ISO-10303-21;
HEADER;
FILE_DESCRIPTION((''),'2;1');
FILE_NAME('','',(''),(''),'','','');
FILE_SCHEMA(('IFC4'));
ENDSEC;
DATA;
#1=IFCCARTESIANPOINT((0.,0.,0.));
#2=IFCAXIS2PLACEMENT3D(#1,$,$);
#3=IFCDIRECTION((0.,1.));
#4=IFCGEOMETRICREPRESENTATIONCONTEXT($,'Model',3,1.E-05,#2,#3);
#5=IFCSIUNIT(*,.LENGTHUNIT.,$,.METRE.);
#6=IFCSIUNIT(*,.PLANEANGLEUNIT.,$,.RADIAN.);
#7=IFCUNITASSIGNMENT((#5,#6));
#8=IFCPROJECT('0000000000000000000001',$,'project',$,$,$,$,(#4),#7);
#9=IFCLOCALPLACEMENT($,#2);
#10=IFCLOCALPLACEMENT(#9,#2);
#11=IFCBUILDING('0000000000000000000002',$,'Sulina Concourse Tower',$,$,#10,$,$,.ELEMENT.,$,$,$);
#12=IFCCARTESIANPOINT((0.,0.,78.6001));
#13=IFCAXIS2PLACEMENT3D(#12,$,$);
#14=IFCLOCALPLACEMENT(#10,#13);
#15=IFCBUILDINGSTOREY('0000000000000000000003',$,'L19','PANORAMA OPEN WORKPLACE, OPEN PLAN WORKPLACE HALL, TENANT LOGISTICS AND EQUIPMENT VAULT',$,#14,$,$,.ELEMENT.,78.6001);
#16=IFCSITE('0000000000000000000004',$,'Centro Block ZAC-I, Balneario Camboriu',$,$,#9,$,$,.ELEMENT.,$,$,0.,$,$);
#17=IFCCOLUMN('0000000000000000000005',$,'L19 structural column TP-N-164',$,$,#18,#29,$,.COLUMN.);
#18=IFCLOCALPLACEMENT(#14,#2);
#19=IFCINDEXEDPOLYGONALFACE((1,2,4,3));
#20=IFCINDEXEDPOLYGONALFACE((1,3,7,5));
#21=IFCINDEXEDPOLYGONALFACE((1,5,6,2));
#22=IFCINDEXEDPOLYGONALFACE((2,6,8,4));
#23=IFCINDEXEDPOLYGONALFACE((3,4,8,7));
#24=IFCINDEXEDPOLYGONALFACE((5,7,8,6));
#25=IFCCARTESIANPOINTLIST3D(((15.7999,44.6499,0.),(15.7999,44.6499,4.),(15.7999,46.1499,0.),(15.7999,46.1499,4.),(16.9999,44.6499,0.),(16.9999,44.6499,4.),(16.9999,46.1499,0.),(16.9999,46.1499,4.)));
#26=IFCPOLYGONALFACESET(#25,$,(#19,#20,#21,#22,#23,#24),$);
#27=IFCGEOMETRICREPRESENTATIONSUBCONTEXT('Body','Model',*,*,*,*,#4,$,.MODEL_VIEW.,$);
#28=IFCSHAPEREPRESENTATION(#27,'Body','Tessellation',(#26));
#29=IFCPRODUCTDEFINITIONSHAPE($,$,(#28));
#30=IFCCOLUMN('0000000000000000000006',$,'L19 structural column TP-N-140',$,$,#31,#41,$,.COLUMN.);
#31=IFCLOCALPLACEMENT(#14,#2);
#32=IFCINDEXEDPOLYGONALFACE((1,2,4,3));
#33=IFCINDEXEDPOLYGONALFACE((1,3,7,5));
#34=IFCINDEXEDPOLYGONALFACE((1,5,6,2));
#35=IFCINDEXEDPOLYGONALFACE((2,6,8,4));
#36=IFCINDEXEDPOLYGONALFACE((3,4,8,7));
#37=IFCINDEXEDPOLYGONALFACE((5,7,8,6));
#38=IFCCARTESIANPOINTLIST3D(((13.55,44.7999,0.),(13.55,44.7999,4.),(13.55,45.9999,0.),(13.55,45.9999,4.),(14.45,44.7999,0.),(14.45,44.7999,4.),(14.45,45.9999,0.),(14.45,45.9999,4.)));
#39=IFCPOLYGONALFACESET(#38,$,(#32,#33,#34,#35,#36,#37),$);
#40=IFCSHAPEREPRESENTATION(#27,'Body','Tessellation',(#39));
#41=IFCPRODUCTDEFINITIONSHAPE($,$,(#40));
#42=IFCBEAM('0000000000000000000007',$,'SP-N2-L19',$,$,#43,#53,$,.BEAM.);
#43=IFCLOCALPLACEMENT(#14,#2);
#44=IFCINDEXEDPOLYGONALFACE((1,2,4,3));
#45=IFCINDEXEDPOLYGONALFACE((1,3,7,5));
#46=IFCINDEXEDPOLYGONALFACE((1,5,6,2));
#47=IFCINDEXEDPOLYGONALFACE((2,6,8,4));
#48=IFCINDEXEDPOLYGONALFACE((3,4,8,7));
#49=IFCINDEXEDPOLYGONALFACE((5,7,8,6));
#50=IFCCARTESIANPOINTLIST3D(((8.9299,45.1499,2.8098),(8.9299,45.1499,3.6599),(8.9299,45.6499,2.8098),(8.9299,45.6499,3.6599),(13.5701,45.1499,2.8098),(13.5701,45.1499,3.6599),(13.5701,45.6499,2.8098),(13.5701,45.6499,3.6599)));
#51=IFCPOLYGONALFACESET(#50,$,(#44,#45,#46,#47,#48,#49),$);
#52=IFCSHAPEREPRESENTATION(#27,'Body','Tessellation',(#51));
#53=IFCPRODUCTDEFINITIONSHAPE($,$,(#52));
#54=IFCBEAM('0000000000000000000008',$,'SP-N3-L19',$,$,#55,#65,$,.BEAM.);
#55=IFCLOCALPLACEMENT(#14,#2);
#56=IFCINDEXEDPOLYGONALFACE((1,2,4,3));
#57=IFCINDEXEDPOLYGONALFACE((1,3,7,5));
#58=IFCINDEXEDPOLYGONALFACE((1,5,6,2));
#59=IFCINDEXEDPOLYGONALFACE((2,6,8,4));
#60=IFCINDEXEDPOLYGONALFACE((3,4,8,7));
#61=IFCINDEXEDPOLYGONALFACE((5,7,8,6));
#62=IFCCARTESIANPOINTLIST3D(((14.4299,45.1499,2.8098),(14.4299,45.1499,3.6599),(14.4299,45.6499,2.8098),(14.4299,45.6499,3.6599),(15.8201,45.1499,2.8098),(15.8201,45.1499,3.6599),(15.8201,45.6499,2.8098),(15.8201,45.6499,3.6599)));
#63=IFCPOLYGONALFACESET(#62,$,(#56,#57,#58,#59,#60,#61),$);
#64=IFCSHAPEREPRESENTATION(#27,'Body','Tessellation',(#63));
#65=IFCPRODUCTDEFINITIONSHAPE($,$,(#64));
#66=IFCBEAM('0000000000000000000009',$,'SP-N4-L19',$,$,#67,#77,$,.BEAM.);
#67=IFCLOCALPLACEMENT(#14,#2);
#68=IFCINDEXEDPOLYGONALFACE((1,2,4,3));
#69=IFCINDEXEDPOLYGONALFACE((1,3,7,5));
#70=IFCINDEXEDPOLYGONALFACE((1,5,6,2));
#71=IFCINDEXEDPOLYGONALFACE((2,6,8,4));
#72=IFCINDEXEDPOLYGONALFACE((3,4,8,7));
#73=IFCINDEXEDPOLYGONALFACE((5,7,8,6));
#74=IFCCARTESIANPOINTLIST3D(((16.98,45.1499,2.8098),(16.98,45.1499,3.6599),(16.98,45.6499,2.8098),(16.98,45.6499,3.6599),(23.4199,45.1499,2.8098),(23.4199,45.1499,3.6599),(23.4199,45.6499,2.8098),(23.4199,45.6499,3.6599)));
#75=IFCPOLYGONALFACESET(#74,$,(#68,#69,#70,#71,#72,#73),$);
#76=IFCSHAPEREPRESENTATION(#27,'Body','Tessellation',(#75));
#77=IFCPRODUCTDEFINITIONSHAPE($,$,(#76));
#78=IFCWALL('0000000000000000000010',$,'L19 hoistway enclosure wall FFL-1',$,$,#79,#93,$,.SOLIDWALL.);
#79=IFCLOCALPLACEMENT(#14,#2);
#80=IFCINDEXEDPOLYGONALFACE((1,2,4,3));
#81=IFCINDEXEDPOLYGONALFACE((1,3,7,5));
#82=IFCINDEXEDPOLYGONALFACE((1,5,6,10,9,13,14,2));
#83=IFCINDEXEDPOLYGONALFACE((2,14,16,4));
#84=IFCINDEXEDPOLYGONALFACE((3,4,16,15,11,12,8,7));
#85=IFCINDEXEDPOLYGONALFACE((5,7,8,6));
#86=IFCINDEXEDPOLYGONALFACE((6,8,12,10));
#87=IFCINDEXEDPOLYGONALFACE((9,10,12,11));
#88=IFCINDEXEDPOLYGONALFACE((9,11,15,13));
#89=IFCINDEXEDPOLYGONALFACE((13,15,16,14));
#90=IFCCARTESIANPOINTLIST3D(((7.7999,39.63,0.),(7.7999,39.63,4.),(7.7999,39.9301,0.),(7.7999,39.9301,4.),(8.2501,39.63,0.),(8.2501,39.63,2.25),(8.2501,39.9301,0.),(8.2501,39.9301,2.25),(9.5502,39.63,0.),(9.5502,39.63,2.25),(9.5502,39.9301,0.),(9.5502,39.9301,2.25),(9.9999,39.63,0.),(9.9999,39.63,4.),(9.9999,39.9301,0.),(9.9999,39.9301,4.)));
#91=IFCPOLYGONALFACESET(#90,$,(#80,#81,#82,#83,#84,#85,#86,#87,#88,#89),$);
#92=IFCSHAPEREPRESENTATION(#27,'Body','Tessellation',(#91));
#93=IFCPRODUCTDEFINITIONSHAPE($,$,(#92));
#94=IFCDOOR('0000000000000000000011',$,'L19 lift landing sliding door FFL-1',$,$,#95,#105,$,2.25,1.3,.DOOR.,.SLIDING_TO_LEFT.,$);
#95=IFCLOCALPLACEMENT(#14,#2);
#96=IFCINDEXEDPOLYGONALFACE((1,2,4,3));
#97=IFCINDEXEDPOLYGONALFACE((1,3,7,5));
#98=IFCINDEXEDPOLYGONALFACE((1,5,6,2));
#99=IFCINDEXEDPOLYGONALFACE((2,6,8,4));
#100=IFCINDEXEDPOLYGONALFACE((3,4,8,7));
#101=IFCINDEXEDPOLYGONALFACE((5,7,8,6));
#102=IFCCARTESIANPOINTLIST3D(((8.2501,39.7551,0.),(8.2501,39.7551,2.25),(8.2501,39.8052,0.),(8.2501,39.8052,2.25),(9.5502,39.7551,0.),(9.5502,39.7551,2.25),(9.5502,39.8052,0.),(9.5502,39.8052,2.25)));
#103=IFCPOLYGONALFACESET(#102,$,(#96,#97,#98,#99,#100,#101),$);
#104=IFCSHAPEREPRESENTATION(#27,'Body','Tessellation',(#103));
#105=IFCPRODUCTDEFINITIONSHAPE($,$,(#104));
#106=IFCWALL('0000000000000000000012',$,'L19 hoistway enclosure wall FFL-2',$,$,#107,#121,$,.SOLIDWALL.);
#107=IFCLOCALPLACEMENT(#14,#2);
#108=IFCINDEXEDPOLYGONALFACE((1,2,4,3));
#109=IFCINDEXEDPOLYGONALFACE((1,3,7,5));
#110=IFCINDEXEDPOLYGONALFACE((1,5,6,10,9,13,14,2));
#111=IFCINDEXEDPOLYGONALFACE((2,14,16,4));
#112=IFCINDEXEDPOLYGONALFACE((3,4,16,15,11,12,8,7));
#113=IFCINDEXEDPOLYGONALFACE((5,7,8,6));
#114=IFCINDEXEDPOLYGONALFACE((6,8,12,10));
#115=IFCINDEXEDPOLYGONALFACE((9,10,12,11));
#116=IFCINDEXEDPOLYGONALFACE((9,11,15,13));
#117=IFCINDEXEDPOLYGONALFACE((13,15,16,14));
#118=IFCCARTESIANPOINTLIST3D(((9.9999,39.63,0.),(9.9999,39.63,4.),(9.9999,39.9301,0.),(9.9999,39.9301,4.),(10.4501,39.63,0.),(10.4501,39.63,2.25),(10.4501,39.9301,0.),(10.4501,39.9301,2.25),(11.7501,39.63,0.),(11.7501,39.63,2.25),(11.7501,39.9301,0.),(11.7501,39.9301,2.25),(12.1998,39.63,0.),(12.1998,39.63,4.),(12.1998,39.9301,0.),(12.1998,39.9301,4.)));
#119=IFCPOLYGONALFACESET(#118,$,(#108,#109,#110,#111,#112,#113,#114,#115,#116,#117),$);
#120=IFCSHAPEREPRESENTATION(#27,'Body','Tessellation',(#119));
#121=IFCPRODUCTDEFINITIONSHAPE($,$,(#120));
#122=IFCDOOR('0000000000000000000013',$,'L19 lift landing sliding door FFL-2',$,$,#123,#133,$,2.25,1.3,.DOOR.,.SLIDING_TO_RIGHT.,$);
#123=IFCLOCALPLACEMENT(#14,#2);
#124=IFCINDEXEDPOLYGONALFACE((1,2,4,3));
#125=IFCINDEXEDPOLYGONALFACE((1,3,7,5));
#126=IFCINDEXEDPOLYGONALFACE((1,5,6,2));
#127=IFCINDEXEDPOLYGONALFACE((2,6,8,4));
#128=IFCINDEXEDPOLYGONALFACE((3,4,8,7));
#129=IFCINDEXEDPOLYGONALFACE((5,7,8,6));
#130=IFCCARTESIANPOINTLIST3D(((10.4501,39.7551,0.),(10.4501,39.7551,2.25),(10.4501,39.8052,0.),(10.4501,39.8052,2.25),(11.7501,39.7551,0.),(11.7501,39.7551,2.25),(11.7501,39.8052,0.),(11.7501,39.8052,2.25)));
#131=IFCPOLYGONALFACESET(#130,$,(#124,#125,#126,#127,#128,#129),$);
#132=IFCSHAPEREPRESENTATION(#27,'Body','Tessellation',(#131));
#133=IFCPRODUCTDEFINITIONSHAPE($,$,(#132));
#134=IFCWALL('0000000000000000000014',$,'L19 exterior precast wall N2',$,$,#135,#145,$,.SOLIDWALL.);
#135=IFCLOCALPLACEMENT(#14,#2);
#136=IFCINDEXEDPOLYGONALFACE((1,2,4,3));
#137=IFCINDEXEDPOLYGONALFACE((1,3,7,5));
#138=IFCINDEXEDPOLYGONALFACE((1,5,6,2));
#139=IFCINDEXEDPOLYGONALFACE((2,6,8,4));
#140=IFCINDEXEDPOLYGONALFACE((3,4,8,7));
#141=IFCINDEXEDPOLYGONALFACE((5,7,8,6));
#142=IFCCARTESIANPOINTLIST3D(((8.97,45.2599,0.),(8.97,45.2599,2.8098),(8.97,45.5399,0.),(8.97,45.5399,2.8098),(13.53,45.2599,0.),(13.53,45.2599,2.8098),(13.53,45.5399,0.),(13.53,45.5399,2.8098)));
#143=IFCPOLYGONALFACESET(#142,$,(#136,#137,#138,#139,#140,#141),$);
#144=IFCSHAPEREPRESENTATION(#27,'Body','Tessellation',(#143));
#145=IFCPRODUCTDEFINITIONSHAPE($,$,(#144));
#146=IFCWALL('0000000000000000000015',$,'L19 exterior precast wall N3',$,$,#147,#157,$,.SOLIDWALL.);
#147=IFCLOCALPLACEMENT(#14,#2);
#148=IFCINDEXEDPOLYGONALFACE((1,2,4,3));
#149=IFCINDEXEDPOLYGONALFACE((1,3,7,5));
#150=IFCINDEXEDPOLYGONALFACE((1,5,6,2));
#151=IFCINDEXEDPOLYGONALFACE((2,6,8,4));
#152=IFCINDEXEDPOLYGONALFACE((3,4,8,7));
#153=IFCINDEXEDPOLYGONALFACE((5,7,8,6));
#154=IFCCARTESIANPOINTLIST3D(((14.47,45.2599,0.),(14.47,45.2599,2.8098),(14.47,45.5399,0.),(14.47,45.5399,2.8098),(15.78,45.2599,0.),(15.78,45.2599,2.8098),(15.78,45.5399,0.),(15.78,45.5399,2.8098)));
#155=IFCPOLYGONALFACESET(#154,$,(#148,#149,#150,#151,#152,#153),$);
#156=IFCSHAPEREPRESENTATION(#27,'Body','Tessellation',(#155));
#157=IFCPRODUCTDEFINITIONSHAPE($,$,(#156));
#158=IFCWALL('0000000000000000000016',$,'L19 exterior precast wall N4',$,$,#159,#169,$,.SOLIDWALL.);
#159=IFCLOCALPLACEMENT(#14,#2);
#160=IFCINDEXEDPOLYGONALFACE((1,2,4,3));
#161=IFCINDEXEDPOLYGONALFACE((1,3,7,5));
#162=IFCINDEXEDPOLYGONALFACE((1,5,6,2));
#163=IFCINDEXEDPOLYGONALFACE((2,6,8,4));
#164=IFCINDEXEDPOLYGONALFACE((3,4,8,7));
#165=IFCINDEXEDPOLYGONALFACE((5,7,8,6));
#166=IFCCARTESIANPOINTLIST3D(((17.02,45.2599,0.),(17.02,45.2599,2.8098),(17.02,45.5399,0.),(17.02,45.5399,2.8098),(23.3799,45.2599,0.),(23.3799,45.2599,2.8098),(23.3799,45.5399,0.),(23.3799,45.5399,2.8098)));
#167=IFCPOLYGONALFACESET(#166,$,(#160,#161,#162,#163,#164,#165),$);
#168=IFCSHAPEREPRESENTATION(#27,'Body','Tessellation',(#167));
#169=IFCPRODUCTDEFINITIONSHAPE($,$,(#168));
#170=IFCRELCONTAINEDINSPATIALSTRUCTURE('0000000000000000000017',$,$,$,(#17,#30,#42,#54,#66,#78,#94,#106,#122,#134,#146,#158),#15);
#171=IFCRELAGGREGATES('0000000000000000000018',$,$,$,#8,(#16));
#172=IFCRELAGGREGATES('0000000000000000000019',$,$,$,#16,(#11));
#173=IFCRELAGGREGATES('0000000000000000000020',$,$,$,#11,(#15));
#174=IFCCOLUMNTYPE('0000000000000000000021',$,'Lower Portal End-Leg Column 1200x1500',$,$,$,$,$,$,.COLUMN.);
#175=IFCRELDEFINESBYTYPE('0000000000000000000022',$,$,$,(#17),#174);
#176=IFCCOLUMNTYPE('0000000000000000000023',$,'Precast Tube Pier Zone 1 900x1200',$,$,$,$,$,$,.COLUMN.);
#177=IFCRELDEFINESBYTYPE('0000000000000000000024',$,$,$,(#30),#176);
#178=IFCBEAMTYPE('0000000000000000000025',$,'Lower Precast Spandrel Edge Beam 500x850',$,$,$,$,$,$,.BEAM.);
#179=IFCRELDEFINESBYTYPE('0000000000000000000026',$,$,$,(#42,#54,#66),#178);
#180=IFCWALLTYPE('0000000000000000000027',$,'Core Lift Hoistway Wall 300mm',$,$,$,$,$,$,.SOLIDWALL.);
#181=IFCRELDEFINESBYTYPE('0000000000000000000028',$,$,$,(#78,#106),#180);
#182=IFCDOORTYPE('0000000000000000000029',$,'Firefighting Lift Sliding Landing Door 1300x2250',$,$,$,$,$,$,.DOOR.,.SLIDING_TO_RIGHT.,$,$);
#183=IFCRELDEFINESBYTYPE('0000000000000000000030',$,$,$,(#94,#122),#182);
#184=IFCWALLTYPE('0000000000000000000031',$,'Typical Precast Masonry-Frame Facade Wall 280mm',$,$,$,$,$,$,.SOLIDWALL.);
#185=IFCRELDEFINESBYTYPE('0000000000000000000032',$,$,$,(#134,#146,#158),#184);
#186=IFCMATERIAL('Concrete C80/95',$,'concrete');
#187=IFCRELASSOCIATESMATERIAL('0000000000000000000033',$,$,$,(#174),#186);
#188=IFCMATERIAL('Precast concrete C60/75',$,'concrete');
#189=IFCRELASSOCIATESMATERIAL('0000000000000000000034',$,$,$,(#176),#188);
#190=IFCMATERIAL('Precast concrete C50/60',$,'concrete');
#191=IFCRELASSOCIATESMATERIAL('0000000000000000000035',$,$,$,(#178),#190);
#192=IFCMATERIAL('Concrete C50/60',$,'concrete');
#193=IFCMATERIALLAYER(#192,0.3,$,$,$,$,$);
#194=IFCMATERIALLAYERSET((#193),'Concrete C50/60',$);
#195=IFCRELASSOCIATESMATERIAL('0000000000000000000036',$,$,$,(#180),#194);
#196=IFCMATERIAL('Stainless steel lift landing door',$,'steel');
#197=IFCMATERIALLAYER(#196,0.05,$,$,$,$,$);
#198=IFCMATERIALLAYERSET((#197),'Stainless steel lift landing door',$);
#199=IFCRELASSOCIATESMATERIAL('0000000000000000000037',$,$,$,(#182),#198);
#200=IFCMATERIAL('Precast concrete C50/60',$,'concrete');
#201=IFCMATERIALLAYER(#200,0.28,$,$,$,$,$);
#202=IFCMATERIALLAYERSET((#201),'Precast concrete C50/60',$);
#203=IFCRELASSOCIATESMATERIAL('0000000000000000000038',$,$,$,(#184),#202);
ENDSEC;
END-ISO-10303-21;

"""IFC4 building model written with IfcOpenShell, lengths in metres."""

from ifc_helpers import new_model, si_unit, direction, frame, frame_2d, origin, origin_2d, place, context, subcontext, project, spatial, rectangle, extrude, material, layer, layer_set, material_profile, profile_set, type_object, element, fill, save


model = new_model("IFC4")

# Units and contexts
model_context = context("Model", 3, precision=1e-05, world=origin(), true_north=direction((0.0, 1.0)))
body_context = subcontext(model_context, "Body", "Model", "MODEL_VIEW")
ifc_project = project(units=[si_unit("LENGTHUNIT", "METRE"), si_unit("PLANEANGLEUNIT", "RADIAN")], contexts=[model_context])

# Site, building, storey
site_placement = place(None, origin())
site = spatial("IfcSite", under=ifc_project, at=site_placement, Name="Centro Block ZAC-I, Balneario Camboriu", CompositionType="ELEMENT", RefElevation=0.0)
building_placement = place(site_placement, origin())
building = spatial("IfcBuilding", under=site, at=building_placement, Name="Sulina Concourse Tower", CompositionType="ELEMENT")
storey_placement = place(building_placement, frame((0.0, 0.0, 78.6001)))
storey = spatial("IfcBuildingStorey", under=building, at=storey_placement, Name="L19", Description="PANORAMA OPEN WORKPLACE, OPEN PLAN WORKPLACE HALL, TENANT LOGISTICS AND EQUIPMENT VAULT", CompositionType="ELEMENT", Elevation=78.6001)

# Columns
ifc_material_1 = material(Name="Concrete C80/95", Category="concrete")
ifc_material_profile_1 = material_profile(ifc_material_1, rectangle(XDim=1.2, YDim=1.5, at=origin_2d()), Name="RC 1200x1500")
ifc_profile_set_1 = profile_set([ifc_material_profile_1], Name="Concrete C80/95")
column_type_1 = type_object("IfcColumnType", Name="Lower Portal End-Leg Column 1200x1500", PredefinedType="COLUMN", material=ifc_profile_set_1)
column_1_placement = place(storey_placement, frame((16.3999, 45.3999, 0.0), z_axis=(0.0, 0.0, 1.0), x_axis=(1.0, 0.0, 0.0)))
element("IfcColumn", 1, at=column_1_placement, inside=storey, type_object=column_type_1, Name="L19 structural column TP-N-164", PredefinedType="COLUMN", context=body_context, shape_type="SweptSolid", body=[
    extrude(rectangle(XDim=1.2, YDim=1.5, at=origin_2d()), origin(), (0.0, 0.0, 1.0), 4.0),
])
ifc_material_2 = material(Name="Precast concrete C60/75", Category="concrete")
ifc_material_profile_2 = material_profile(ifc_material_2, rectangle(XDim=0.8999, YDim=1.2, at=origin_2d()), Name="PC 900x1200")
ifc_profile_set_2 = profile_set([ifc_material_profile_2], Name="Precast concrete C60/75")
column_type_2 = type_object("IfcColumnType", Name="Precast Tube Pier Zone 1 900x1200", PredefinedType="COLUMN", material=ifc_profile_set_2)
column_2_placement = place(storey_placement, frame((14.0, 45.3999, 0.0), z_axis=(0.0, 0.0, 1.0), x_axis=(1.0, 0.0, 0.0)))
element("IfcColumn", 2, at=column_2_placement, inside=storey, type_object=column_type_2, Name="L19 structural column TP-N-140", PredefinedType="COLUMN", context=body_context, shape_type="SweptSolid", body=[
    extrude(rectangle(XDim=0.8999, YDim=1.2, at=origin_2d()), origin(), (0.0, 0.0, 1.0), 4.0),
])

# Beams
ifc_material_3 = material(Name="Precast concrete C50/60", Category="concrete")
ifc_material_profile_3 = material_profile(ifc_material_3, rectangle(XDim=0.5, YDim=0.8501, at=origin_2d()), Name="RC 500x850")
ifc_profile_set_3 = profile_set([ifc_material_profile_3], Name="Precast concrete C50/60")
beam_type = type_object("IfcBeamType", Name="Lower Precast Spandrel Edge Beam 500x850", PredefinedType="BEAM", material=ifc_profile_set_3)
beam_1_placement = place(storey_placement, frame((8.9299, 45.3999, 3.2349), z_axis=(1.0, 0.0, 0.0), x_axis=(0.0, 1.0, 0.0)))
element("IfcBeam", 3, at=beam_1_placement, inside=storey, type_object=beam_type, Name="SP-N2-L19", PredefinedType="BEAM", context=body_context, shape_type="SweptSolid", body=[
    extrude(rectangle(XDim=0.5, YDim=0.8501, at=origin_2d()), origin(), (0.0, 0.0, 1.0), 4.6401),
])
beam_2_placement = place(storey_placement, frame((14.4299, 45.3999, 3.2349), z_axis=(1.0, 0.0, 0.0), x_axis=(0.0, 1.0, 0.0)))
element("IfcBeam", 4, at=beam_2_placement, inside=storey, type_object=beam_type, Name="SP-N3-L19", PredefinedType="BEAM", context=body_context, shape_type="SweptSolid", body=[
    extrude(rectangle(XDim=0.5, YDim=0.8501, at=origin_2d()), origin(), (0.0, 0.0, 1.0), 1.3901),
])
beam_3_placement = place(storey_placement, frame((16.98, 45.3999, 3.2349), z_axis=(1.0, 0.0, 0.0), x_axis=(0.0, 1.0, 0.0)))
element("IfcBeam", 5, at=beam_3_placement, inside=storey, type_object=beam_type, Name="SP-N4-L19", PredefinedType="BEAM", context=body_context, shape_type="SweptSolid", body=[
    extrude(rectangle(XDim=0.5, YDim=0.8501, at=origin_2d()), origin(), (0.0, 0.0, 1.0), 6.4399),
])

# Walls, openings, doors
ifc_material_4 = material(Name="Concrete C50/60", Category="concrete")
ifc_layer_1 = layer(ifc_material_4, 0.3)
ifc_layer_set_1 = layer_set([ifc_layer_1], Name="Concrete C50/60")
wall_type_1 = type_object("IfcWallType", Name="Core Lift Hoistway Wall 300mm", PredefinedType="SOLIDWALL", material=ifc_layer_set_1)
wall_1_placement = place(storey_placement, frame((10.0, 39.78, 0.0), z_axis=(0.0, 0.0, 1.0), x_axis=(-1.0, 0.0, 0.0)))
wall_1 = element("IfcWall", 6, at=wall_1_placement, inside=storey, type_object=wall_type_1, Name="L19 hoistway enclosure wall FFL-1", PredefinedType="SOLIDWALL", context=body_context, shape_type="SweptSolid", body=[
    extrude(rectangle(XDim=2.2, YDim=0.3, at=frame_2d((1.1001, 0.0))), origin(), (0.0, 0.0, 1.0), 4.0),
])
opening_1_placement = place(wall_1_placement, frame((0.45, 0.0, 0.0)))
opening_1 = element("IfcOpeningElement", 7, at=opening_1_placement, cuts=wall_1, PredefinedType="OPENING", context=body_context, shape_type="SweptSolid", body=[
    extrude(rectangle(XDim=1.3, YDim=2.25, at=frame_2d((0.6499, 1.125))), frame((0.0, 0.1599, 0.0), z_axis=(0.0, -1.0, 0.0), x_axis=(1.0, 0.0, 0.0)), (0.0, 0.0, 1.0), 0.3201),
])
ifc_material_5 = material(Name="Stainless steel lift landing door", Category="steel")
ifc_layer_2 = layer(ifc_material_5, 0.05)
ifc_layer_set_2 = layer_set([ifc_layer_2], Name="Stainless steel lift landing door")
door_type = type_object("IfcDoorType", Name="Firefighting Lift Sliding Landing Door 1300x2250", OperationType="SLIDING_TO_RIGHT", PredefinedType="DOOR", material=ifc_layer_set_2)
door_1_placement = place(opening_1_placement, origin())
door_1 = element("IfcDoor", 8, at=door_1_placement, inside=storey, type_object=door_type, Name="L19 lift landing sliding door FFL-1", OperationType="SLIDING_TO_LEFT", OverallHeight=2.25, OverallWidth=1.3, PredefinedType="DOOR", context=body_context, shape_type="SweptSolid", body=[
    extrude(rectangle(XDim=1.3, YDim=2.25, at=frame_2d((0.6499, 1.125))), frame((0.0, 0.0249, 0.0), z_axis=(0.0, -1.0, 0.0), x_axis=(1.0, 0.0, 0.0)), (0.0, 0.0, 1.0), 0.05),
])
fill(opening_1, door_1)
wall_2_placement = place(storey_placement, frame((12.2, 39.78, 0.0), z_axis=(0.0, 0.0, 1.0), x_axis=(-1.0, 0.0, 0.0)))
wall_2 = element("IfcWall", 9, at=wall_2_placement, inside=storey, type_object=wall_type_1, Name="L19 hoistway enclosure wall FFL-2", PredefinedType="SOLIDWALL", context=body_context, shape_type="SweptSolid", body=[
    extrude(rectangle(XDim=2.2, YDim=0.3, at=frame_2d((1.1001, 0.0))), origin(), (0.0, 0.0, 1.0), 4.0),
])
opening_2_placement = place(wall_2_placement, frame((0.45, 0.0, 0.0)))
opening_2 = element("IfcOpeningElement", 10, at=opening_2_placement, cuts=wall_2, PredefinedType="OPENING", context=body_context, shape_type="SweptSolid", body=[
    extrude(rectangle(XDim=1.3, YDim=2.25, at=frame_2d((0.6499, 1.125))), frame((0.0, 0.1599, 0.0), z_axis=(0.0, -1.0, 0.0), x_axis=(1.0, 0.0, 0.0)), (0.0, 0.0, 1.0), 0.3201),
])
door_2_placement = place(opening_2_placement, origin())
door_2 = element("IfcDoor", 11, at=door_2_placement, inside=storey, type_object=door_type, Name="L19 lift landing sliding door FFL-2", OperationType="SLIDING_TO_RIGHT", OverallHeight=2.25, OverallWidth=1.3, PredefinedType="DOOR", context=body_context, shape_type="SweptSolid", body=[
    extrude(rectangle(XDim=1.3, YDim=2.25, at=frame_2d((0.6499, 1.125))), frame((0.0, 0.0249, 0.0), z_axis=(0.0, -1.0, 0.0), x_axis=(1.0, 0.0, 0.0)), (0.0, 0.0, 1.0), 0.05),
])
fill(opening_2, door_2)

# Walls
ifc_material_6 = material(Name="Precast concrete C50/60", Category="concrete")
ifc_layer_3 = layer(ifc_material_6, 0.28)
ifc_layer_set_3 = layer_set([ifc_layer_3], Name="Precast concrete C50/60")
wall_type_2 = type_object("IfcWallType", Name="Typical Precast Masonry-Frame Facade Wall 280mm", PredefinedType="SOLIDWALL", material=ifc_layer_set_3)
wall_3_placement = place(storey_placement, frame((8.97, 45.3999, 0.0), z_axis=(0.0, 0.0, 1.0), x_axis=(1.0, 0.0, 0.0)))
element("IfcWall", 12, at=wall_3_placement, inside=storey, type_object=wall_type_2, Name="L19 exterior precast wall N2", PredefinedType="SOLIDWALL", context=body_context, shape_type="SweptSolid", body=[
    extrude(rectangle(XDim=4.5601, YDim=0.28, at=frame_2d((2.28, 0.0))), origin(), (0.0, 0.0, 1.0), 2.8098),
])
wall_4_placement = place(storey_placement, frame((14.47, 45.3999, 0.0), z_axis=(0.0, 0.0, 1.0), x_axis=(1.0, 0.0, 0.0)))
element("IfcWall", 13, at=wall_4_placement, inside=storey, type_object=wall_type_2, Name="L19 exterior precast wall N3", PredefinedType="SOLIDWALL", context=body_context, shape_type="SweptSolid", body=[
    extrude(rectangle(XDim=1.3101, YDim=0.28, at=frame_2d((0.655, 0.0))), origin(), (0.0, 0.0, 1.0), 2.8098),
])
wall_5_placement = place(storey_placement, frame((17.02, 45.3999, 0.0), z_axis=(0.0, 0.0, 1.0), x_axis=(1.0, 0.0, 0.0)))
element("IfcWall", 14, at=wall_5_placement, inside=storey, type_object=wall_type_2, Name="L19 exterior precast wall N4", PredefinedType="SOLIDWALL", context=body_context, shape_type="SweptSolid", body=[
    extrude(rectangle(XDim=6.3599, YDim=0.28, at=frame_2d((3.1799, 0.0))), origin(), (0.0, 0.0, 1.0), 2.8098),
])

save(model, "model.ifc")
